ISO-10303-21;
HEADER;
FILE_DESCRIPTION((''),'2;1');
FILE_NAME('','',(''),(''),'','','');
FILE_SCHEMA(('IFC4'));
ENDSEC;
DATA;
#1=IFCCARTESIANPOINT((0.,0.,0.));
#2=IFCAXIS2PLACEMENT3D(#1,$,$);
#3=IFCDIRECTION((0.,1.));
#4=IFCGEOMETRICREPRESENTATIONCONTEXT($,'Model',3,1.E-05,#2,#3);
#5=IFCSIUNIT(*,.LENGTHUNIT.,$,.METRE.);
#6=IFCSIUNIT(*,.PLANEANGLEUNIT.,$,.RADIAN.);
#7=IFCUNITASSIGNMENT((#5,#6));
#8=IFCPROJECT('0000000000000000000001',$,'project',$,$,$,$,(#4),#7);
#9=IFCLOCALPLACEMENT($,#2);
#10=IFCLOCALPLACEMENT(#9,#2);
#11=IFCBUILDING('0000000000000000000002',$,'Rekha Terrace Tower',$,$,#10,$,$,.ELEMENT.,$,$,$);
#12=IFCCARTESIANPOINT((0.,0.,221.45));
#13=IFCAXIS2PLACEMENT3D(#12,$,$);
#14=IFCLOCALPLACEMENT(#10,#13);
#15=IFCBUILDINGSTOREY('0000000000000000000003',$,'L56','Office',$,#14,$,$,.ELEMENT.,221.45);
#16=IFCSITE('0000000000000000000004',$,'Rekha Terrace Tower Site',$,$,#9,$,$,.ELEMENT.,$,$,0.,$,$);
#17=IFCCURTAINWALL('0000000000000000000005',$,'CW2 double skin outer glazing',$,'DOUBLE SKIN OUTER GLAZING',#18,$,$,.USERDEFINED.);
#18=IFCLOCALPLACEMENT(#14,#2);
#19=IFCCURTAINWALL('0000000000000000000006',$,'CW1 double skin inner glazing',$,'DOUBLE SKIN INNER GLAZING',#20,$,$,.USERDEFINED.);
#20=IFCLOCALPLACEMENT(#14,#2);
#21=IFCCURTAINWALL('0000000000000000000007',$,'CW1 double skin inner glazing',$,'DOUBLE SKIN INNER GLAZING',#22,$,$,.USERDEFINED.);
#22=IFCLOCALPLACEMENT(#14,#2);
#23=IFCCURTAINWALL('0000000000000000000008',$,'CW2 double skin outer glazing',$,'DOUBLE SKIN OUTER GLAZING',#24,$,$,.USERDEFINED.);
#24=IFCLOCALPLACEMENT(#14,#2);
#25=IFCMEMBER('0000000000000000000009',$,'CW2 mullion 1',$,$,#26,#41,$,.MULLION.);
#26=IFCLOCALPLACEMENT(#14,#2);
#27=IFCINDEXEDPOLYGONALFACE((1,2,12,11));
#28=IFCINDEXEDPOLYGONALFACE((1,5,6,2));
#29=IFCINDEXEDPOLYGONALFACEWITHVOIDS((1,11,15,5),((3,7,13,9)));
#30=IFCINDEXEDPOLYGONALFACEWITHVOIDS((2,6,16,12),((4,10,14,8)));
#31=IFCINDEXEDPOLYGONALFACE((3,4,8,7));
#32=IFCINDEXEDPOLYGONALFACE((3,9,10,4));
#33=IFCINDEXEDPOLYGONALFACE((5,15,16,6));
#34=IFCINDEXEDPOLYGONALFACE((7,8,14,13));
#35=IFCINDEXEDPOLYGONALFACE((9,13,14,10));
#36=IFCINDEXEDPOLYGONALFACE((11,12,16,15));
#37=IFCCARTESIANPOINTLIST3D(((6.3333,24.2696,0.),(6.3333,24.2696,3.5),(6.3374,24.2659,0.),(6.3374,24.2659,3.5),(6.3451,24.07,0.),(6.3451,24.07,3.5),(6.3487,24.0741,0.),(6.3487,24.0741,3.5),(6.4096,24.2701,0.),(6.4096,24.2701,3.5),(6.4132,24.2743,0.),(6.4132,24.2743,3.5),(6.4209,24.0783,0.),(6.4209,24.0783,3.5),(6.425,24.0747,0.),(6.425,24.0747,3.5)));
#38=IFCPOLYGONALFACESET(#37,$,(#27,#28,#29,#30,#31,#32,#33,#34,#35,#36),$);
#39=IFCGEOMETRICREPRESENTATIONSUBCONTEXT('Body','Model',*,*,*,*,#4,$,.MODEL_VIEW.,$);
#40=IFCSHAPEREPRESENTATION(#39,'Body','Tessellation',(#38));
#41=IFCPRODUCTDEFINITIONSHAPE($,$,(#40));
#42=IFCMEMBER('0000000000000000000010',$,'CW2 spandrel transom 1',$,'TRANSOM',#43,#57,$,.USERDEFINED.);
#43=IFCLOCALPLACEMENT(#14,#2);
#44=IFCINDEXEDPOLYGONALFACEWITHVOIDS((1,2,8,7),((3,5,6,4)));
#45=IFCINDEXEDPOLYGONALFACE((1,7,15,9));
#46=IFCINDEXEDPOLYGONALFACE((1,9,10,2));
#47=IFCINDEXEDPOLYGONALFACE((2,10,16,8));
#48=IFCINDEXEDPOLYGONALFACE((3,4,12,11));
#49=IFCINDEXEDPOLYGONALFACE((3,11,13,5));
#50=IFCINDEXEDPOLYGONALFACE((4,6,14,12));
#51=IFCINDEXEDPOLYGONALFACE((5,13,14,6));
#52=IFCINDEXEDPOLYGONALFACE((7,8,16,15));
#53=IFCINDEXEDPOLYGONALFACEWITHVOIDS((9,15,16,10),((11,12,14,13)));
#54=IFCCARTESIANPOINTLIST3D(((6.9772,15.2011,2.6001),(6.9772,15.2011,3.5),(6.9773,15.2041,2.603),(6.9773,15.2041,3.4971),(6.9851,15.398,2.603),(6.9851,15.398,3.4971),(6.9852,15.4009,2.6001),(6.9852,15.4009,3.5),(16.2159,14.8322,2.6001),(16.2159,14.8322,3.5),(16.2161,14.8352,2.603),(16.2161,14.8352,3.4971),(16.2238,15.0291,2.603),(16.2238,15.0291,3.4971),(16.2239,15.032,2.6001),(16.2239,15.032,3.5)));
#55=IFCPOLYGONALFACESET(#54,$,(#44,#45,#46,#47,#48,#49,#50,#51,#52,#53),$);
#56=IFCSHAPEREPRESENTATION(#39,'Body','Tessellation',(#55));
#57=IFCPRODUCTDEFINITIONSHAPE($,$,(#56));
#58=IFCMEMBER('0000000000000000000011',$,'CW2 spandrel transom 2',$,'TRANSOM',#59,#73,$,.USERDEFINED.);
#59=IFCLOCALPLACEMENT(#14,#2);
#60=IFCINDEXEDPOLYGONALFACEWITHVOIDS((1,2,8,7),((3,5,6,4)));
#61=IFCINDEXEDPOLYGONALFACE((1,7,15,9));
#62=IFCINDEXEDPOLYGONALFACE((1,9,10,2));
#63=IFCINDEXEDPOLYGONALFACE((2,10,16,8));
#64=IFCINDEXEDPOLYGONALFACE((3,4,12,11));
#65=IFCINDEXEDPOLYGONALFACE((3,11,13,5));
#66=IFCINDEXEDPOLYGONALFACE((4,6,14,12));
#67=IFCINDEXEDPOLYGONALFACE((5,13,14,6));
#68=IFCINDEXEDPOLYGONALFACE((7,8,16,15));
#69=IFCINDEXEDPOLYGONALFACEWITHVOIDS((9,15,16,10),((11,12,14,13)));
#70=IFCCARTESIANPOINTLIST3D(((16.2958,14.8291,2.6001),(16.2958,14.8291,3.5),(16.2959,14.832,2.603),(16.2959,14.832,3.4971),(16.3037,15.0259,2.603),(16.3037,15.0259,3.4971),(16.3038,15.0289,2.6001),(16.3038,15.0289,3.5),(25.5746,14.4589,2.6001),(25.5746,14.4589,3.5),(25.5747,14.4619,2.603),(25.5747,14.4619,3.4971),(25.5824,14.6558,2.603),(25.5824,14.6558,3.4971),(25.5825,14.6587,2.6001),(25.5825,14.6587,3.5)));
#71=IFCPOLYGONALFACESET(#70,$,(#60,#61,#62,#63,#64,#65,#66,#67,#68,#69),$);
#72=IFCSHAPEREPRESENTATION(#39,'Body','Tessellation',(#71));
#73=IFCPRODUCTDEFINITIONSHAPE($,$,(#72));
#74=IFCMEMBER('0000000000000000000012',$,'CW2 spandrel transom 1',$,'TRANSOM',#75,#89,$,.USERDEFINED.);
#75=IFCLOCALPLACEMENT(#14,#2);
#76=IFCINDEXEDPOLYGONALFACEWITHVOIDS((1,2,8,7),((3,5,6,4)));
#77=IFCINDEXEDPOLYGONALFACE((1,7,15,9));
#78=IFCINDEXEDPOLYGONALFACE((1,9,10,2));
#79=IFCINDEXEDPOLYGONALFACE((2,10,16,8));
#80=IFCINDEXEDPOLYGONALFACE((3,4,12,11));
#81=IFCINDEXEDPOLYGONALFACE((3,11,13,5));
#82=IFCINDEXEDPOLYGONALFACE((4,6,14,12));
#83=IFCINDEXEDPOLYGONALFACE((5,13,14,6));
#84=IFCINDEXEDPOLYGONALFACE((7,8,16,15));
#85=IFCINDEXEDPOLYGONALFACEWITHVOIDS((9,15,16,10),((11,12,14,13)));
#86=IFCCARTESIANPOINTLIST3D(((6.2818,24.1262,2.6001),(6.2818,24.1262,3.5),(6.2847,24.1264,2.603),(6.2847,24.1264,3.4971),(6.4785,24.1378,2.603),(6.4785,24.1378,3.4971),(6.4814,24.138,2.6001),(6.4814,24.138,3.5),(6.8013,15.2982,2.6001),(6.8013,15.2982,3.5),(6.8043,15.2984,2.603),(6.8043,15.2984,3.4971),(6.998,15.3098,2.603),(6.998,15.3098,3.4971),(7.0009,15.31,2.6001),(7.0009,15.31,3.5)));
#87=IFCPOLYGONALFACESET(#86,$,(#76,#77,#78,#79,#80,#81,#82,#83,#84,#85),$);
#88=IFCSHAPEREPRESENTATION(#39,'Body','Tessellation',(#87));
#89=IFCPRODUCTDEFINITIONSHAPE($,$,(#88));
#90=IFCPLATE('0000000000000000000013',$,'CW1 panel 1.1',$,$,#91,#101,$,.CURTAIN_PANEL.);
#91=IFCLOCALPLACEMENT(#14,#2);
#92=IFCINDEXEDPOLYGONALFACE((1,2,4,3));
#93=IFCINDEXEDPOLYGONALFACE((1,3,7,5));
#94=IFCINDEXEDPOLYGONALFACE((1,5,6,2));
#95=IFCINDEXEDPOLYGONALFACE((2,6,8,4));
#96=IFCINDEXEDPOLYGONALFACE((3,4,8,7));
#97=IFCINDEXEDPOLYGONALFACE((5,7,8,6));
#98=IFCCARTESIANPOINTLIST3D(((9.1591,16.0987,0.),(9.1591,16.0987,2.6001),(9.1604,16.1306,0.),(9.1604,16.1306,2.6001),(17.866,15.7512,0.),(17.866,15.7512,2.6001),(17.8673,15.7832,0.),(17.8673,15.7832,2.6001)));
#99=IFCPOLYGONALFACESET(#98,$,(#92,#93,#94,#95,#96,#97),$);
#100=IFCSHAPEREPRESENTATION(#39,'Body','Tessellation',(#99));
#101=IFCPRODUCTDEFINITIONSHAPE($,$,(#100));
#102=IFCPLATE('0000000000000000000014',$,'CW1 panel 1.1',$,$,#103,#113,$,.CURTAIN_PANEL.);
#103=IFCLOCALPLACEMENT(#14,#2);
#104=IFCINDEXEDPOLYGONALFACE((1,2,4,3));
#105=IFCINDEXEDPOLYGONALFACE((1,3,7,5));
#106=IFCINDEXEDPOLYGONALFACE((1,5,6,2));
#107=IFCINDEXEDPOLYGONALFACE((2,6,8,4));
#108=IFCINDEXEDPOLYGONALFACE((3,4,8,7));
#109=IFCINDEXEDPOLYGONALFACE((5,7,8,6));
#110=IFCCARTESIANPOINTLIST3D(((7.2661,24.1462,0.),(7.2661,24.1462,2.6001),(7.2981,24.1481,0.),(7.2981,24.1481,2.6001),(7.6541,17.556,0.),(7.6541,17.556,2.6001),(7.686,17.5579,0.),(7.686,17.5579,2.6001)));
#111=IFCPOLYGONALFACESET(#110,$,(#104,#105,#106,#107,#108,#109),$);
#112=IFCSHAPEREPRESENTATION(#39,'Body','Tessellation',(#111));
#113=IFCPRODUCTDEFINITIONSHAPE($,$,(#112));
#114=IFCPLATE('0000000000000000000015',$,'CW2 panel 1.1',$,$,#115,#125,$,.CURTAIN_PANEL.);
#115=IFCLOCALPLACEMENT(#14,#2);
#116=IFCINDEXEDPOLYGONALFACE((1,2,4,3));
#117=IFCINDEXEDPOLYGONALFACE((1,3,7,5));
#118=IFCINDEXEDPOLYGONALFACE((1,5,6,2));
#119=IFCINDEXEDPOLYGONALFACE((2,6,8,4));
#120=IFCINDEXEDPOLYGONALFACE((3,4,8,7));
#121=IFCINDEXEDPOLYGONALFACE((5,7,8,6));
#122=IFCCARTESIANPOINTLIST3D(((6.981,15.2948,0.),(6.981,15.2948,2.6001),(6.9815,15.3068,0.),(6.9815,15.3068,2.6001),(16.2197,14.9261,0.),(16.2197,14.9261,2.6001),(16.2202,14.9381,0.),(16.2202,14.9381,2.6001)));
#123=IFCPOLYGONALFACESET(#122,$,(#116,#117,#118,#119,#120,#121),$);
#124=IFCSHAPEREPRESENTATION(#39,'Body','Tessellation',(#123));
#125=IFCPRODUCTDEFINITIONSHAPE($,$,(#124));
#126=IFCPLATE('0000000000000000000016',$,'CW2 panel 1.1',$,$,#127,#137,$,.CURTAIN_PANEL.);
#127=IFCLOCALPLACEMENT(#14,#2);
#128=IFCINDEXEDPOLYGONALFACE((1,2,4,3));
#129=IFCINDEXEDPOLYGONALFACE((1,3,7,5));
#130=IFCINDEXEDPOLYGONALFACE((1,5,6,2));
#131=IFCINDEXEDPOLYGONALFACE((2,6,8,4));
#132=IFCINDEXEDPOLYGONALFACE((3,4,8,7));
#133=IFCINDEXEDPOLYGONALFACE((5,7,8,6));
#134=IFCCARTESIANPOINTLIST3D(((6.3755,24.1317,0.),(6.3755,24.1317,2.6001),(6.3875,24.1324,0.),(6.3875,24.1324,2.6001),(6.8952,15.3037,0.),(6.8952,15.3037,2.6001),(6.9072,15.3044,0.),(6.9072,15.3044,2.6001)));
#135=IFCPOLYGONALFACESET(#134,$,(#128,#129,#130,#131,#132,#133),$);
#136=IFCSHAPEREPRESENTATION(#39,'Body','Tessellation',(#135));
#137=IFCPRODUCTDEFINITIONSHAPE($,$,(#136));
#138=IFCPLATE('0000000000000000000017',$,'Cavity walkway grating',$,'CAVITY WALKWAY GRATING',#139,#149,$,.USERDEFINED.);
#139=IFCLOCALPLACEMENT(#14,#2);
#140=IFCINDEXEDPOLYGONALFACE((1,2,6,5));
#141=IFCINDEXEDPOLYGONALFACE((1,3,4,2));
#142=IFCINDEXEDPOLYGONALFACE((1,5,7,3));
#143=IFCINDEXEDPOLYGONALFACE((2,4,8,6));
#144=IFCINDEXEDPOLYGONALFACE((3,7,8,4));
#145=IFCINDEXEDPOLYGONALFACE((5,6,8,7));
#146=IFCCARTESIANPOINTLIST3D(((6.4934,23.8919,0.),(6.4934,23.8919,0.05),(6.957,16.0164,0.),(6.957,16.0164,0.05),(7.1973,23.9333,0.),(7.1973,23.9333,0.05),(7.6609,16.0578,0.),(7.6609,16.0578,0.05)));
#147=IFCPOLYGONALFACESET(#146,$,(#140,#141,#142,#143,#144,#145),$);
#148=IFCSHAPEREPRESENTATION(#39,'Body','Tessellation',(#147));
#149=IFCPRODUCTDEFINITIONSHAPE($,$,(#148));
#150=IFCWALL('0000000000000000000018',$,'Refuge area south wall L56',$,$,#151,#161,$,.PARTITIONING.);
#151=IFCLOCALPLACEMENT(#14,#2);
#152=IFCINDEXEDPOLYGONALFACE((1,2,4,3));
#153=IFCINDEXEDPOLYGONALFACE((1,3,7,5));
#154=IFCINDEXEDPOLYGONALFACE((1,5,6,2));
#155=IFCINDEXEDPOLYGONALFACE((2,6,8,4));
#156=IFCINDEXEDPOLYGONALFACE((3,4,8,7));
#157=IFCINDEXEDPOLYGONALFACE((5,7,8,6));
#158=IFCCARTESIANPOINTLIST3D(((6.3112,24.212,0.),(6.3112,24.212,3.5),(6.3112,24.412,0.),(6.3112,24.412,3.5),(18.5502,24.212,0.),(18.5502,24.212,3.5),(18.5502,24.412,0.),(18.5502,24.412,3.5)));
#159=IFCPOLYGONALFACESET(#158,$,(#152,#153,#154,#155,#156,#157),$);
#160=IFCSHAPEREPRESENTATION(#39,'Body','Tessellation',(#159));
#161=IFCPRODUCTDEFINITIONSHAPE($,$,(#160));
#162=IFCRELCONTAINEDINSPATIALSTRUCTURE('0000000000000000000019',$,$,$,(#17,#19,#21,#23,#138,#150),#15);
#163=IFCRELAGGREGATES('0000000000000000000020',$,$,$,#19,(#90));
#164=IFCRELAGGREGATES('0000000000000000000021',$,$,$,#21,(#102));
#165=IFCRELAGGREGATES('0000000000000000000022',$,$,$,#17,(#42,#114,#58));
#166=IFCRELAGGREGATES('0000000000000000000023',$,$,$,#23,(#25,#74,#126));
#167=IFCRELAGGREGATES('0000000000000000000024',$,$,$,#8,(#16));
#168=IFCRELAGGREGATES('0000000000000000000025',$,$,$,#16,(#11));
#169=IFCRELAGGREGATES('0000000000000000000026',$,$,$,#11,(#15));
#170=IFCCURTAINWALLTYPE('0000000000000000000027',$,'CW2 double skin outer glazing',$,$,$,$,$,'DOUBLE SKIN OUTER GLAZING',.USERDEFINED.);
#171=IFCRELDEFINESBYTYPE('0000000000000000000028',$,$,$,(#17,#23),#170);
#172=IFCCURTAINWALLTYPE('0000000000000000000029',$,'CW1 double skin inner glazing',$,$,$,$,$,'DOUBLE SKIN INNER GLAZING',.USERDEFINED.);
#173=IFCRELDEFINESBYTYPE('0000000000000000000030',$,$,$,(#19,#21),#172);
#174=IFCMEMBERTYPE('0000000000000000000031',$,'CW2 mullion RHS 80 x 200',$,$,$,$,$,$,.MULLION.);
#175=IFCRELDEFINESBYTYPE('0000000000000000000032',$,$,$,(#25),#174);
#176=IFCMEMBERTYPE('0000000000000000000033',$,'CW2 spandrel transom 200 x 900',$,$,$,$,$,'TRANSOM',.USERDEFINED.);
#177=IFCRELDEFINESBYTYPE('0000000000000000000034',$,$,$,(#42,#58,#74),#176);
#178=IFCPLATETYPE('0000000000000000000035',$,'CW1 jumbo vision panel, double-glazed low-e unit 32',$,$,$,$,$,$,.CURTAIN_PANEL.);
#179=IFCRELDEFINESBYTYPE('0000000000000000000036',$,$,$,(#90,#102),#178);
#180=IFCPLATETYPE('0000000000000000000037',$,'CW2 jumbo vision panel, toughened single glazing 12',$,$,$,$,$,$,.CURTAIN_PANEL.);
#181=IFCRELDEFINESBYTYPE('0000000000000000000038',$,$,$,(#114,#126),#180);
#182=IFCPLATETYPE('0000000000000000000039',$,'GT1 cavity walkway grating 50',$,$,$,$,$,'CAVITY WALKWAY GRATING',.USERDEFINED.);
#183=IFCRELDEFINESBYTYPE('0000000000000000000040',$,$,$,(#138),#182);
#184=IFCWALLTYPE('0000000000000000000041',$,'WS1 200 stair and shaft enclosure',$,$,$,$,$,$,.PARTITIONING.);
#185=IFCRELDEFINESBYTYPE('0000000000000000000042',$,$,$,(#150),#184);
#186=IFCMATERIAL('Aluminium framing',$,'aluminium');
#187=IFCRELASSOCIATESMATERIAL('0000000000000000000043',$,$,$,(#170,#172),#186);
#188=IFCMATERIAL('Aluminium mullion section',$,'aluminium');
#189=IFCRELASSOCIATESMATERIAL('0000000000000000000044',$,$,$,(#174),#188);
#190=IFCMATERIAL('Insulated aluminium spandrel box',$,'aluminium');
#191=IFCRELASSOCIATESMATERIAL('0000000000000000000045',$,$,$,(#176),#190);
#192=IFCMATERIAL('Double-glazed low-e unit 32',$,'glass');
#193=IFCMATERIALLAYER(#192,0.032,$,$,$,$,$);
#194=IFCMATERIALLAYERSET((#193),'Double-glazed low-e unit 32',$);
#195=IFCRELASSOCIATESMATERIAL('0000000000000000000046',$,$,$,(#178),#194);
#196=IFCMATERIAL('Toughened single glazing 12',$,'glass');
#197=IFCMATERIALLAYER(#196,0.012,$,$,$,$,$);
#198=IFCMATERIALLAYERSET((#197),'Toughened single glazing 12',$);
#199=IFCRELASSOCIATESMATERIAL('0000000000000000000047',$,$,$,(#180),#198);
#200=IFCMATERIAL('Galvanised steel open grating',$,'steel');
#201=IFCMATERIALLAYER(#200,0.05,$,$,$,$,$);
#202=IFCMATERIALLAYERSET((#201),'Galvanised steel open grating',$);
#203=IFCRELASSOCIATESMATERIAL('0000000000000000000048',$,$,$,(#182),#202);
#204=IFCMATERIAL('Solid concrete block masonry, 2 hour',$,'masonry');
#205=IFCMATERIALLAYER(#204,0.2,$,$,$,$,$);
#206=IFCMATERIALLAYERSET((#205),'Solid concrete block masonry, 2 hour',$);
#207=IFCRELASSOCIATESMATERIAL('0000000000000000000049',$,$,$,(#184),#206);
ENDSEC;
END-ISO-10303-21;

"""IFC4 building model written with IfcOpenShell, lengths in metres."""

from ifc_helpers import new_model, si_unit, direction, frame, frame_2d, origin, origin_2d, place, context, subcontext, project, spatial, rectangle, hollow_rectangle, extrude, material, layer, layer_set, material_profile, profile_set, type_object, element, aggregate, save


model = new_model("IFC4")

# Units and contexts
model_context = context("Model", 3, precision=1e-05, world=origin(), true_north=direction((0.0, 1.0)))
body_context = subcontext(model_context, "Body", "Model", "MODEL_VIEW")
ifc_project = project(units=[si_unit("LENGTHUNIT", "METRE"), si_unit("PLANEANGLEUNIT", "RADIAN")], contexts=[model_context])

# Site, building, storey
site_placement = place(None, origin())
site = spatial("IfcSite", under=ifc_project, at=site_placement, Name="Rekha Terrace Tower Site", CompositionType="ELEMENT", RefElevation=0.0)
building_placement = place(site_placement, origin())
building = spatial("IfcBuilding", under=site, at=building_placement, Name="Rekha Terrace Tower", CompositionType="ELEMENT")
storey_placement = place(building_placement, frame((0.0, 0.0, 221.45)))
storey = spatial("IfcBuildingStorey", under=building, at=storey_placement, Name="L56", Description="Office", CompositionType="ELEMENT", Elevation=221.45)

# Curtain walls
ifc_material_1 = material(Name="Aluminium framing", Category="aluminium")
curtain_wall_type_1 = type_object("IfcCurtainWallType", Name="CW2 double skin outer glazing", ElementType="DOUBLE SKIN OUTER GLAZING", PredefinedType="USERDEFINED", material=ifc_material_1)
curtain_wall_1_placement = place(storey_placement, origin())
curtain_wall_1 = element("IfcCurtainWall", 1, at=curtain_wall_1_placement, inside=storey, type_object=curtain_wall_type_1, Name="CW2 double skin outer glazing", ObjectType="DOUBLE SKIN OUTER GLAZING", PredefinedType="USERDEFINED")
curtain_wall_type_2 = type_object("IfcCurtainWallType", Name="CW1 double skin inner glazing", ElementType="DOUBLE SKIN INNER GLAZING", PredefinedType="USERDEFINED", material=ifc_material_1)
curtain_wall_2_placement = place(storey_placement, origin())
curtain_wall_2 = element("IfcCurtainWall", 2, at=curtain_wall_2_placement, inside=storey, type_object=curtain_wall_type_2, Name="CW1 double skin inner glazing", ObjectType="DOUBLE SKIN INNER GLAZING", PredefinedType="USERDEFINED")
ifc_material_2 = material(Name="Aluminium mullion section", Category="aluminium")

# Curtain wall
curtain_wall_3_placement = place(storey_placement, origin())
curtain_wall_3 = element("IfcCurtainWall", 3, at=curtain_wall_3_placement, inside=storey, type_object=curtain_wall_type_2, Name="CW1 double skin inner glazing", ObjectType="DOUBLE SKIN INNER GLAZING", PredefinedType="USERDEFINED")

# Shared definitions
ifc_material_3 = material(Name="Insulated aluminium spandrel box", Category="aluminium")
ifc_material_profile_1 = material_profile(ifc_material_2, hollow_rectangle(XDim=0.0801, YDim=0.2, WallThickness=0.0039, at=origin_2d()), Name="AL RHS 80x200")
ifc_profile_set_1 = profile_set([ifc_material_profile_1], Name="Aluminium mullion section")
member_type_1 = type_object("IfcMemberType", Name="CW2 mullion RHS 80 x 200", PredefinedType="MULLION", material=ifc_profile_set_1)

# Curtain wall, member
curtain_wall_4_placement = place(storey_placement, origin())
curtain_wall_4 = element("IfcCurtainWall", 4, at=curtain_wall_4_placement, inside=storey, type_object=curtain_wall_type_1, Name="CW2 double skin outer glazing", ObjectType="DOUBLE SKIN OUTER GLAZING", PredefinedType="USERDEFINED")
member_1_placement = place(storey_placement, frame((6.3792, 24.1721, 0.0), z_axis=(0.0, 0.0, 1.0), x_axis=(0.998272, 0.058765, 0.0)))
member_1 = element("IfcMember", 5, at=member_1_placement, type_object=member_type_1, Name="CW2 mullion 1", PredefinedType="MULLION", context=body_context, shape_type="SweptSolid", body=[
    extrude(hollow_rectangle(XDim=0.0801, YDim=0.2, WallThickness=0.0039, at=origin_2d()), origin(), (0.0, 0.0, 1.0), 3.5),
])

# Members
ifc_material_profile_2 = material_profile(ifc_material_3, hollow_rectangle(XDim=0.2, YDim=0.8999, WallThickness=0.0029, at=origin_2d()), Name="AL SPANDREL BOX 200x900")
ifc_profile_set_2 = profile_set([ifc_material_profile_2], Name="Insulated aluminium spandrel box")
member_type_2 = type_object("IfcMemberType", Name="CW2 spandrel transom 200 x 900", ElementType="TRANSOM", PredefinedType="USERDEFINED", material=ifc_profile_set_2)
member_2_placement = place(storey_placement, frame((6.9812, 15.301, 3.05), z_axis=(0.999204, -0.039897, 0.0), x_axis=(0.039897, 0.999204, 0.0)))
member_2 = element("IfcMember", 6, at=member_2_placement, type_object=member_type_2, Name="CW2 spandrel transom 1", ObjectType="TRANSOM", PredefinedType="USERDEFINED", context=body_context, shape_type="SweptSolid", body=[
    extrude(hollow_rectangle(XDim=0.2, YDim=0.8999, WallThickness=0.0029, at=origin_2d()), origin(), (0.0, 0.0, 1.0), 9.2461),
])
member_3_placement = place(storey_placement, frame((16.2998, 14.929, 3.05), z_axis=(0.999205, -0.039857, 0.0), x_axis=(0.039857, 0.999205, 0.0)))
member_3 = element("IfcMember", 7, at=member_3_placement, type_object=member_type_2, Name="CW2 spandrel transom 2", ObjectType="TRANSOM", PredefinedType="USERDEFINED", context=body_context, shape_type="SweptSolid", body=[
    extrude(hollow_rectangle(XDim=0.2, YDim=0.8999, WallThickness=0.0029, at=origin_2d()), origin(), (0.0, 0.0, 1.0), 9.2861),
])
member_4_placement = place(storey_placement, frame((6.3816, 24.1321, 3.05), z_axis=(0.05875, -0.998273, 0.0), x_axis=(0.998273, 0.05875, 0.0)))
member_4 = element("IfcMember", 8, at=member_4_placement, type_object=member_type_2, Name="CW2 spandrel transom 1", ObjectType="TRANSOM", PredefinedType="USERDEFINED", context=body_context, shape_type="SweptSolid", body=[
    extrude(hollow_rectangle(XDim=0.2, YDim=0.8999, WallThickness=0.0029, at=origin_2d()), origin(), (0.0, 0.0, 1.0), 8.8433),
])

# Plates
ifc_material_4 = material(Name="Double-glazed low-e unit 32", Category="glass")
ifc_layer_1 = layer(ifc_material_4, 0.032)
ifc_layer_set_1 = layer_set([ifc_layer_1], Name="Double-glazed low-e unit 32")
plate_type_1 = type_object("IfcPlateType", Name="CW1 jumbo vision panel, double-glazed low-e unit 32", PredefinedType="CURTAIN_PANEL", material=ifc_layer_set_1)
plate_1_placement = place(storey_placement, frame((13.5132, 15.9409, 0.0), z_axis=(0.0, 0.0, 1.0), x_axis=(0.999205, -0.039872, 0.0)))
plate_1 = element("IfcPlate", 9, at=plate_1_placement, type_object=plate_type_1, Name="CW1 panel 1.1", PredefinedType="CURTAIN_PANEL", context=body_context, shape_type="SweptSolid", body=[
    extrude(rectangle(XDim=8.7139, YDim=0.032, at=origin_2d()), origin(), (0.0, 0.0, 1.0), 2.6001),
])
aggregate(curtain_wall_2, [plate_1])
plate_2_placement = place(storey_placement, frame((7.4761, 20.8521, 0.0), z_axis=(0.0, 0.0, 1.0), x_axis=(0.058765, -0.998272, 0.0)))
plate_2 = element("IfcPlate", 10, at=plate_2_placement, type_object=plate_type_1, Name="CW1 panel 1.1", PredefinedType="CURTAIN_PANEL", context=body_context, shape_type="SweptSolid", body=[
    extrude(rectangle(XDim=6.6016, YDim=0.032, at=origin_2d()), origin(), (0.0, 0.0, 1.0), 2.6001),
])
aggregate(curtain_wall_3, [plate_2])
ifc_material_5 = material(Name="Toughened single glazing 12", Category="glass")
ifc_layer_2 = layer(ifc_material_5, 0.012)
ifc_layer_set_2 = layer_set([ifc_layer_2], Name="Toughened single glazing 12")
plate_type_2 = type_object("IfcPlateType", Name="CW2 jumbo vision panel, toughened single glazing 12", PredefinedType="CURTAIN_PANEL", material=ifc_layer_set_2)
plate_3_placement = place(storey_placement, frame((11.6006, 15.1165, 0.0), z_axis=(0.0, 0.0, 1.0), x_axis=(0.999205, -0.039872, 0.0)))
plate_3 = element("IfcPlate", 11, at=plate_3_placement, type_object=plate_type_2, Name="CW2 panel 1.1", PredefinedType="CURTAIN_PANEL", context=body_context, shape_type="SweptSolid", body=[
    extrude(rectangle(XDim=9.2461, YDim=0.012, at=origin_2d()), origin(), (0.0, 0.0, 1.0), 2.6001),
])
aggregate(curtain_wall_1, [member_2, plate_3, member_3])
plate_4_placement = place(storey_placement, frame((6.6414, 19.718, 0.0), z_axis=(0.0, 0.0, 1.0), x_axis=(0.058765, -0.998272, 0.0)))
plate_4 = element("IfcPlate", 12, at=plate_4_placement, type_object=plate_type_2, Name="CW2 panel 1.1", PredefinedType="CURTAIN_PANEL", context=body_context, shape_type="SweptSolid", body=[
    extrude(rectangle(XDim=8.8433, YDim=0.012, at=origin_2d()), origin(), (0.0, 0.0, 1.0), 2.6001),
])
aggregate(curtain_wall_4, [member_1, member_4, plate_4])
ifc_material_6 = material(Name="Galvanised steel open grating", Category="steel")
ifc_layer_3 = layer(ifc_material_6, 0.05)
ifc_layer_set_3 = layer_set([ifc_layer_3], Name="Galvanised steel open grating")
plate_type_3 = type_object("IfcPlateType", Name="GT1 cavity walkway grating 50", ElementType="CAVITY WALKWAY GRATING", PredefinedType="USERDEFINED", material=ifc_layer_set_3)
plate_5_placement = place(storey_placement, frame((7.0771, 19.9749, 0.0), z_axis=(0.0, 0.0, 1.0), x_axis=(0.058765, -0.998272, 0.0)))
element("IfcPlate", 13, at=plate_5_placement, inside=storey, type_object=plate_type_3, Name="Cavity walkway grating", ObjectType="CAVITY WALKWAY GRATING", PredefinedType="USERDEFINED", context=body_context, shape_type="SweptSolid", body=[
    extrude(rectangle(XDim=7.8892, YDim=0.7051, at=origin_2d()), origin(), (0.0, 0.0, 1.0), 0.05),
])

# Wall
ifc_material_7 = material(Name="Solid concrete block masonry, 2 hour", Category="masonry")
ifc_layer_4 = layer(ifc_material_7, 0.2)
ifc_layer_set_4 = layer_set([ifc_layer_4], Name="Solid concrete block masonry, 2 hour")
wall_type = type_object("IfcWallType", Name="WS1 200 stair and shaft enclosure", PredefinedType="PARTITIONING", material=ifc_layer_set_4)
wall_placement = place(storey_placement, frame((6.311, 24.312, 0.0), z_axis=(0.0, 0.0, 1.0), x_axis=(1.0, 0.0, 0.0)))
element("IfcWall", 14, at=wall_placement, inside=storey, type_object=wall_type, Name="Refuge area south wall L56", PredefinedType="PARTITIONING", context=body_context, shape_type="SweptSolid", body=[
    extrude(rectangle(XDim=12.239, YDim=0.2, at=frame_2d((6.1196, 0.0))), origin(), (0.0, 0.0, 1.0), 3.5),
])

save(model, "model.ifc")
